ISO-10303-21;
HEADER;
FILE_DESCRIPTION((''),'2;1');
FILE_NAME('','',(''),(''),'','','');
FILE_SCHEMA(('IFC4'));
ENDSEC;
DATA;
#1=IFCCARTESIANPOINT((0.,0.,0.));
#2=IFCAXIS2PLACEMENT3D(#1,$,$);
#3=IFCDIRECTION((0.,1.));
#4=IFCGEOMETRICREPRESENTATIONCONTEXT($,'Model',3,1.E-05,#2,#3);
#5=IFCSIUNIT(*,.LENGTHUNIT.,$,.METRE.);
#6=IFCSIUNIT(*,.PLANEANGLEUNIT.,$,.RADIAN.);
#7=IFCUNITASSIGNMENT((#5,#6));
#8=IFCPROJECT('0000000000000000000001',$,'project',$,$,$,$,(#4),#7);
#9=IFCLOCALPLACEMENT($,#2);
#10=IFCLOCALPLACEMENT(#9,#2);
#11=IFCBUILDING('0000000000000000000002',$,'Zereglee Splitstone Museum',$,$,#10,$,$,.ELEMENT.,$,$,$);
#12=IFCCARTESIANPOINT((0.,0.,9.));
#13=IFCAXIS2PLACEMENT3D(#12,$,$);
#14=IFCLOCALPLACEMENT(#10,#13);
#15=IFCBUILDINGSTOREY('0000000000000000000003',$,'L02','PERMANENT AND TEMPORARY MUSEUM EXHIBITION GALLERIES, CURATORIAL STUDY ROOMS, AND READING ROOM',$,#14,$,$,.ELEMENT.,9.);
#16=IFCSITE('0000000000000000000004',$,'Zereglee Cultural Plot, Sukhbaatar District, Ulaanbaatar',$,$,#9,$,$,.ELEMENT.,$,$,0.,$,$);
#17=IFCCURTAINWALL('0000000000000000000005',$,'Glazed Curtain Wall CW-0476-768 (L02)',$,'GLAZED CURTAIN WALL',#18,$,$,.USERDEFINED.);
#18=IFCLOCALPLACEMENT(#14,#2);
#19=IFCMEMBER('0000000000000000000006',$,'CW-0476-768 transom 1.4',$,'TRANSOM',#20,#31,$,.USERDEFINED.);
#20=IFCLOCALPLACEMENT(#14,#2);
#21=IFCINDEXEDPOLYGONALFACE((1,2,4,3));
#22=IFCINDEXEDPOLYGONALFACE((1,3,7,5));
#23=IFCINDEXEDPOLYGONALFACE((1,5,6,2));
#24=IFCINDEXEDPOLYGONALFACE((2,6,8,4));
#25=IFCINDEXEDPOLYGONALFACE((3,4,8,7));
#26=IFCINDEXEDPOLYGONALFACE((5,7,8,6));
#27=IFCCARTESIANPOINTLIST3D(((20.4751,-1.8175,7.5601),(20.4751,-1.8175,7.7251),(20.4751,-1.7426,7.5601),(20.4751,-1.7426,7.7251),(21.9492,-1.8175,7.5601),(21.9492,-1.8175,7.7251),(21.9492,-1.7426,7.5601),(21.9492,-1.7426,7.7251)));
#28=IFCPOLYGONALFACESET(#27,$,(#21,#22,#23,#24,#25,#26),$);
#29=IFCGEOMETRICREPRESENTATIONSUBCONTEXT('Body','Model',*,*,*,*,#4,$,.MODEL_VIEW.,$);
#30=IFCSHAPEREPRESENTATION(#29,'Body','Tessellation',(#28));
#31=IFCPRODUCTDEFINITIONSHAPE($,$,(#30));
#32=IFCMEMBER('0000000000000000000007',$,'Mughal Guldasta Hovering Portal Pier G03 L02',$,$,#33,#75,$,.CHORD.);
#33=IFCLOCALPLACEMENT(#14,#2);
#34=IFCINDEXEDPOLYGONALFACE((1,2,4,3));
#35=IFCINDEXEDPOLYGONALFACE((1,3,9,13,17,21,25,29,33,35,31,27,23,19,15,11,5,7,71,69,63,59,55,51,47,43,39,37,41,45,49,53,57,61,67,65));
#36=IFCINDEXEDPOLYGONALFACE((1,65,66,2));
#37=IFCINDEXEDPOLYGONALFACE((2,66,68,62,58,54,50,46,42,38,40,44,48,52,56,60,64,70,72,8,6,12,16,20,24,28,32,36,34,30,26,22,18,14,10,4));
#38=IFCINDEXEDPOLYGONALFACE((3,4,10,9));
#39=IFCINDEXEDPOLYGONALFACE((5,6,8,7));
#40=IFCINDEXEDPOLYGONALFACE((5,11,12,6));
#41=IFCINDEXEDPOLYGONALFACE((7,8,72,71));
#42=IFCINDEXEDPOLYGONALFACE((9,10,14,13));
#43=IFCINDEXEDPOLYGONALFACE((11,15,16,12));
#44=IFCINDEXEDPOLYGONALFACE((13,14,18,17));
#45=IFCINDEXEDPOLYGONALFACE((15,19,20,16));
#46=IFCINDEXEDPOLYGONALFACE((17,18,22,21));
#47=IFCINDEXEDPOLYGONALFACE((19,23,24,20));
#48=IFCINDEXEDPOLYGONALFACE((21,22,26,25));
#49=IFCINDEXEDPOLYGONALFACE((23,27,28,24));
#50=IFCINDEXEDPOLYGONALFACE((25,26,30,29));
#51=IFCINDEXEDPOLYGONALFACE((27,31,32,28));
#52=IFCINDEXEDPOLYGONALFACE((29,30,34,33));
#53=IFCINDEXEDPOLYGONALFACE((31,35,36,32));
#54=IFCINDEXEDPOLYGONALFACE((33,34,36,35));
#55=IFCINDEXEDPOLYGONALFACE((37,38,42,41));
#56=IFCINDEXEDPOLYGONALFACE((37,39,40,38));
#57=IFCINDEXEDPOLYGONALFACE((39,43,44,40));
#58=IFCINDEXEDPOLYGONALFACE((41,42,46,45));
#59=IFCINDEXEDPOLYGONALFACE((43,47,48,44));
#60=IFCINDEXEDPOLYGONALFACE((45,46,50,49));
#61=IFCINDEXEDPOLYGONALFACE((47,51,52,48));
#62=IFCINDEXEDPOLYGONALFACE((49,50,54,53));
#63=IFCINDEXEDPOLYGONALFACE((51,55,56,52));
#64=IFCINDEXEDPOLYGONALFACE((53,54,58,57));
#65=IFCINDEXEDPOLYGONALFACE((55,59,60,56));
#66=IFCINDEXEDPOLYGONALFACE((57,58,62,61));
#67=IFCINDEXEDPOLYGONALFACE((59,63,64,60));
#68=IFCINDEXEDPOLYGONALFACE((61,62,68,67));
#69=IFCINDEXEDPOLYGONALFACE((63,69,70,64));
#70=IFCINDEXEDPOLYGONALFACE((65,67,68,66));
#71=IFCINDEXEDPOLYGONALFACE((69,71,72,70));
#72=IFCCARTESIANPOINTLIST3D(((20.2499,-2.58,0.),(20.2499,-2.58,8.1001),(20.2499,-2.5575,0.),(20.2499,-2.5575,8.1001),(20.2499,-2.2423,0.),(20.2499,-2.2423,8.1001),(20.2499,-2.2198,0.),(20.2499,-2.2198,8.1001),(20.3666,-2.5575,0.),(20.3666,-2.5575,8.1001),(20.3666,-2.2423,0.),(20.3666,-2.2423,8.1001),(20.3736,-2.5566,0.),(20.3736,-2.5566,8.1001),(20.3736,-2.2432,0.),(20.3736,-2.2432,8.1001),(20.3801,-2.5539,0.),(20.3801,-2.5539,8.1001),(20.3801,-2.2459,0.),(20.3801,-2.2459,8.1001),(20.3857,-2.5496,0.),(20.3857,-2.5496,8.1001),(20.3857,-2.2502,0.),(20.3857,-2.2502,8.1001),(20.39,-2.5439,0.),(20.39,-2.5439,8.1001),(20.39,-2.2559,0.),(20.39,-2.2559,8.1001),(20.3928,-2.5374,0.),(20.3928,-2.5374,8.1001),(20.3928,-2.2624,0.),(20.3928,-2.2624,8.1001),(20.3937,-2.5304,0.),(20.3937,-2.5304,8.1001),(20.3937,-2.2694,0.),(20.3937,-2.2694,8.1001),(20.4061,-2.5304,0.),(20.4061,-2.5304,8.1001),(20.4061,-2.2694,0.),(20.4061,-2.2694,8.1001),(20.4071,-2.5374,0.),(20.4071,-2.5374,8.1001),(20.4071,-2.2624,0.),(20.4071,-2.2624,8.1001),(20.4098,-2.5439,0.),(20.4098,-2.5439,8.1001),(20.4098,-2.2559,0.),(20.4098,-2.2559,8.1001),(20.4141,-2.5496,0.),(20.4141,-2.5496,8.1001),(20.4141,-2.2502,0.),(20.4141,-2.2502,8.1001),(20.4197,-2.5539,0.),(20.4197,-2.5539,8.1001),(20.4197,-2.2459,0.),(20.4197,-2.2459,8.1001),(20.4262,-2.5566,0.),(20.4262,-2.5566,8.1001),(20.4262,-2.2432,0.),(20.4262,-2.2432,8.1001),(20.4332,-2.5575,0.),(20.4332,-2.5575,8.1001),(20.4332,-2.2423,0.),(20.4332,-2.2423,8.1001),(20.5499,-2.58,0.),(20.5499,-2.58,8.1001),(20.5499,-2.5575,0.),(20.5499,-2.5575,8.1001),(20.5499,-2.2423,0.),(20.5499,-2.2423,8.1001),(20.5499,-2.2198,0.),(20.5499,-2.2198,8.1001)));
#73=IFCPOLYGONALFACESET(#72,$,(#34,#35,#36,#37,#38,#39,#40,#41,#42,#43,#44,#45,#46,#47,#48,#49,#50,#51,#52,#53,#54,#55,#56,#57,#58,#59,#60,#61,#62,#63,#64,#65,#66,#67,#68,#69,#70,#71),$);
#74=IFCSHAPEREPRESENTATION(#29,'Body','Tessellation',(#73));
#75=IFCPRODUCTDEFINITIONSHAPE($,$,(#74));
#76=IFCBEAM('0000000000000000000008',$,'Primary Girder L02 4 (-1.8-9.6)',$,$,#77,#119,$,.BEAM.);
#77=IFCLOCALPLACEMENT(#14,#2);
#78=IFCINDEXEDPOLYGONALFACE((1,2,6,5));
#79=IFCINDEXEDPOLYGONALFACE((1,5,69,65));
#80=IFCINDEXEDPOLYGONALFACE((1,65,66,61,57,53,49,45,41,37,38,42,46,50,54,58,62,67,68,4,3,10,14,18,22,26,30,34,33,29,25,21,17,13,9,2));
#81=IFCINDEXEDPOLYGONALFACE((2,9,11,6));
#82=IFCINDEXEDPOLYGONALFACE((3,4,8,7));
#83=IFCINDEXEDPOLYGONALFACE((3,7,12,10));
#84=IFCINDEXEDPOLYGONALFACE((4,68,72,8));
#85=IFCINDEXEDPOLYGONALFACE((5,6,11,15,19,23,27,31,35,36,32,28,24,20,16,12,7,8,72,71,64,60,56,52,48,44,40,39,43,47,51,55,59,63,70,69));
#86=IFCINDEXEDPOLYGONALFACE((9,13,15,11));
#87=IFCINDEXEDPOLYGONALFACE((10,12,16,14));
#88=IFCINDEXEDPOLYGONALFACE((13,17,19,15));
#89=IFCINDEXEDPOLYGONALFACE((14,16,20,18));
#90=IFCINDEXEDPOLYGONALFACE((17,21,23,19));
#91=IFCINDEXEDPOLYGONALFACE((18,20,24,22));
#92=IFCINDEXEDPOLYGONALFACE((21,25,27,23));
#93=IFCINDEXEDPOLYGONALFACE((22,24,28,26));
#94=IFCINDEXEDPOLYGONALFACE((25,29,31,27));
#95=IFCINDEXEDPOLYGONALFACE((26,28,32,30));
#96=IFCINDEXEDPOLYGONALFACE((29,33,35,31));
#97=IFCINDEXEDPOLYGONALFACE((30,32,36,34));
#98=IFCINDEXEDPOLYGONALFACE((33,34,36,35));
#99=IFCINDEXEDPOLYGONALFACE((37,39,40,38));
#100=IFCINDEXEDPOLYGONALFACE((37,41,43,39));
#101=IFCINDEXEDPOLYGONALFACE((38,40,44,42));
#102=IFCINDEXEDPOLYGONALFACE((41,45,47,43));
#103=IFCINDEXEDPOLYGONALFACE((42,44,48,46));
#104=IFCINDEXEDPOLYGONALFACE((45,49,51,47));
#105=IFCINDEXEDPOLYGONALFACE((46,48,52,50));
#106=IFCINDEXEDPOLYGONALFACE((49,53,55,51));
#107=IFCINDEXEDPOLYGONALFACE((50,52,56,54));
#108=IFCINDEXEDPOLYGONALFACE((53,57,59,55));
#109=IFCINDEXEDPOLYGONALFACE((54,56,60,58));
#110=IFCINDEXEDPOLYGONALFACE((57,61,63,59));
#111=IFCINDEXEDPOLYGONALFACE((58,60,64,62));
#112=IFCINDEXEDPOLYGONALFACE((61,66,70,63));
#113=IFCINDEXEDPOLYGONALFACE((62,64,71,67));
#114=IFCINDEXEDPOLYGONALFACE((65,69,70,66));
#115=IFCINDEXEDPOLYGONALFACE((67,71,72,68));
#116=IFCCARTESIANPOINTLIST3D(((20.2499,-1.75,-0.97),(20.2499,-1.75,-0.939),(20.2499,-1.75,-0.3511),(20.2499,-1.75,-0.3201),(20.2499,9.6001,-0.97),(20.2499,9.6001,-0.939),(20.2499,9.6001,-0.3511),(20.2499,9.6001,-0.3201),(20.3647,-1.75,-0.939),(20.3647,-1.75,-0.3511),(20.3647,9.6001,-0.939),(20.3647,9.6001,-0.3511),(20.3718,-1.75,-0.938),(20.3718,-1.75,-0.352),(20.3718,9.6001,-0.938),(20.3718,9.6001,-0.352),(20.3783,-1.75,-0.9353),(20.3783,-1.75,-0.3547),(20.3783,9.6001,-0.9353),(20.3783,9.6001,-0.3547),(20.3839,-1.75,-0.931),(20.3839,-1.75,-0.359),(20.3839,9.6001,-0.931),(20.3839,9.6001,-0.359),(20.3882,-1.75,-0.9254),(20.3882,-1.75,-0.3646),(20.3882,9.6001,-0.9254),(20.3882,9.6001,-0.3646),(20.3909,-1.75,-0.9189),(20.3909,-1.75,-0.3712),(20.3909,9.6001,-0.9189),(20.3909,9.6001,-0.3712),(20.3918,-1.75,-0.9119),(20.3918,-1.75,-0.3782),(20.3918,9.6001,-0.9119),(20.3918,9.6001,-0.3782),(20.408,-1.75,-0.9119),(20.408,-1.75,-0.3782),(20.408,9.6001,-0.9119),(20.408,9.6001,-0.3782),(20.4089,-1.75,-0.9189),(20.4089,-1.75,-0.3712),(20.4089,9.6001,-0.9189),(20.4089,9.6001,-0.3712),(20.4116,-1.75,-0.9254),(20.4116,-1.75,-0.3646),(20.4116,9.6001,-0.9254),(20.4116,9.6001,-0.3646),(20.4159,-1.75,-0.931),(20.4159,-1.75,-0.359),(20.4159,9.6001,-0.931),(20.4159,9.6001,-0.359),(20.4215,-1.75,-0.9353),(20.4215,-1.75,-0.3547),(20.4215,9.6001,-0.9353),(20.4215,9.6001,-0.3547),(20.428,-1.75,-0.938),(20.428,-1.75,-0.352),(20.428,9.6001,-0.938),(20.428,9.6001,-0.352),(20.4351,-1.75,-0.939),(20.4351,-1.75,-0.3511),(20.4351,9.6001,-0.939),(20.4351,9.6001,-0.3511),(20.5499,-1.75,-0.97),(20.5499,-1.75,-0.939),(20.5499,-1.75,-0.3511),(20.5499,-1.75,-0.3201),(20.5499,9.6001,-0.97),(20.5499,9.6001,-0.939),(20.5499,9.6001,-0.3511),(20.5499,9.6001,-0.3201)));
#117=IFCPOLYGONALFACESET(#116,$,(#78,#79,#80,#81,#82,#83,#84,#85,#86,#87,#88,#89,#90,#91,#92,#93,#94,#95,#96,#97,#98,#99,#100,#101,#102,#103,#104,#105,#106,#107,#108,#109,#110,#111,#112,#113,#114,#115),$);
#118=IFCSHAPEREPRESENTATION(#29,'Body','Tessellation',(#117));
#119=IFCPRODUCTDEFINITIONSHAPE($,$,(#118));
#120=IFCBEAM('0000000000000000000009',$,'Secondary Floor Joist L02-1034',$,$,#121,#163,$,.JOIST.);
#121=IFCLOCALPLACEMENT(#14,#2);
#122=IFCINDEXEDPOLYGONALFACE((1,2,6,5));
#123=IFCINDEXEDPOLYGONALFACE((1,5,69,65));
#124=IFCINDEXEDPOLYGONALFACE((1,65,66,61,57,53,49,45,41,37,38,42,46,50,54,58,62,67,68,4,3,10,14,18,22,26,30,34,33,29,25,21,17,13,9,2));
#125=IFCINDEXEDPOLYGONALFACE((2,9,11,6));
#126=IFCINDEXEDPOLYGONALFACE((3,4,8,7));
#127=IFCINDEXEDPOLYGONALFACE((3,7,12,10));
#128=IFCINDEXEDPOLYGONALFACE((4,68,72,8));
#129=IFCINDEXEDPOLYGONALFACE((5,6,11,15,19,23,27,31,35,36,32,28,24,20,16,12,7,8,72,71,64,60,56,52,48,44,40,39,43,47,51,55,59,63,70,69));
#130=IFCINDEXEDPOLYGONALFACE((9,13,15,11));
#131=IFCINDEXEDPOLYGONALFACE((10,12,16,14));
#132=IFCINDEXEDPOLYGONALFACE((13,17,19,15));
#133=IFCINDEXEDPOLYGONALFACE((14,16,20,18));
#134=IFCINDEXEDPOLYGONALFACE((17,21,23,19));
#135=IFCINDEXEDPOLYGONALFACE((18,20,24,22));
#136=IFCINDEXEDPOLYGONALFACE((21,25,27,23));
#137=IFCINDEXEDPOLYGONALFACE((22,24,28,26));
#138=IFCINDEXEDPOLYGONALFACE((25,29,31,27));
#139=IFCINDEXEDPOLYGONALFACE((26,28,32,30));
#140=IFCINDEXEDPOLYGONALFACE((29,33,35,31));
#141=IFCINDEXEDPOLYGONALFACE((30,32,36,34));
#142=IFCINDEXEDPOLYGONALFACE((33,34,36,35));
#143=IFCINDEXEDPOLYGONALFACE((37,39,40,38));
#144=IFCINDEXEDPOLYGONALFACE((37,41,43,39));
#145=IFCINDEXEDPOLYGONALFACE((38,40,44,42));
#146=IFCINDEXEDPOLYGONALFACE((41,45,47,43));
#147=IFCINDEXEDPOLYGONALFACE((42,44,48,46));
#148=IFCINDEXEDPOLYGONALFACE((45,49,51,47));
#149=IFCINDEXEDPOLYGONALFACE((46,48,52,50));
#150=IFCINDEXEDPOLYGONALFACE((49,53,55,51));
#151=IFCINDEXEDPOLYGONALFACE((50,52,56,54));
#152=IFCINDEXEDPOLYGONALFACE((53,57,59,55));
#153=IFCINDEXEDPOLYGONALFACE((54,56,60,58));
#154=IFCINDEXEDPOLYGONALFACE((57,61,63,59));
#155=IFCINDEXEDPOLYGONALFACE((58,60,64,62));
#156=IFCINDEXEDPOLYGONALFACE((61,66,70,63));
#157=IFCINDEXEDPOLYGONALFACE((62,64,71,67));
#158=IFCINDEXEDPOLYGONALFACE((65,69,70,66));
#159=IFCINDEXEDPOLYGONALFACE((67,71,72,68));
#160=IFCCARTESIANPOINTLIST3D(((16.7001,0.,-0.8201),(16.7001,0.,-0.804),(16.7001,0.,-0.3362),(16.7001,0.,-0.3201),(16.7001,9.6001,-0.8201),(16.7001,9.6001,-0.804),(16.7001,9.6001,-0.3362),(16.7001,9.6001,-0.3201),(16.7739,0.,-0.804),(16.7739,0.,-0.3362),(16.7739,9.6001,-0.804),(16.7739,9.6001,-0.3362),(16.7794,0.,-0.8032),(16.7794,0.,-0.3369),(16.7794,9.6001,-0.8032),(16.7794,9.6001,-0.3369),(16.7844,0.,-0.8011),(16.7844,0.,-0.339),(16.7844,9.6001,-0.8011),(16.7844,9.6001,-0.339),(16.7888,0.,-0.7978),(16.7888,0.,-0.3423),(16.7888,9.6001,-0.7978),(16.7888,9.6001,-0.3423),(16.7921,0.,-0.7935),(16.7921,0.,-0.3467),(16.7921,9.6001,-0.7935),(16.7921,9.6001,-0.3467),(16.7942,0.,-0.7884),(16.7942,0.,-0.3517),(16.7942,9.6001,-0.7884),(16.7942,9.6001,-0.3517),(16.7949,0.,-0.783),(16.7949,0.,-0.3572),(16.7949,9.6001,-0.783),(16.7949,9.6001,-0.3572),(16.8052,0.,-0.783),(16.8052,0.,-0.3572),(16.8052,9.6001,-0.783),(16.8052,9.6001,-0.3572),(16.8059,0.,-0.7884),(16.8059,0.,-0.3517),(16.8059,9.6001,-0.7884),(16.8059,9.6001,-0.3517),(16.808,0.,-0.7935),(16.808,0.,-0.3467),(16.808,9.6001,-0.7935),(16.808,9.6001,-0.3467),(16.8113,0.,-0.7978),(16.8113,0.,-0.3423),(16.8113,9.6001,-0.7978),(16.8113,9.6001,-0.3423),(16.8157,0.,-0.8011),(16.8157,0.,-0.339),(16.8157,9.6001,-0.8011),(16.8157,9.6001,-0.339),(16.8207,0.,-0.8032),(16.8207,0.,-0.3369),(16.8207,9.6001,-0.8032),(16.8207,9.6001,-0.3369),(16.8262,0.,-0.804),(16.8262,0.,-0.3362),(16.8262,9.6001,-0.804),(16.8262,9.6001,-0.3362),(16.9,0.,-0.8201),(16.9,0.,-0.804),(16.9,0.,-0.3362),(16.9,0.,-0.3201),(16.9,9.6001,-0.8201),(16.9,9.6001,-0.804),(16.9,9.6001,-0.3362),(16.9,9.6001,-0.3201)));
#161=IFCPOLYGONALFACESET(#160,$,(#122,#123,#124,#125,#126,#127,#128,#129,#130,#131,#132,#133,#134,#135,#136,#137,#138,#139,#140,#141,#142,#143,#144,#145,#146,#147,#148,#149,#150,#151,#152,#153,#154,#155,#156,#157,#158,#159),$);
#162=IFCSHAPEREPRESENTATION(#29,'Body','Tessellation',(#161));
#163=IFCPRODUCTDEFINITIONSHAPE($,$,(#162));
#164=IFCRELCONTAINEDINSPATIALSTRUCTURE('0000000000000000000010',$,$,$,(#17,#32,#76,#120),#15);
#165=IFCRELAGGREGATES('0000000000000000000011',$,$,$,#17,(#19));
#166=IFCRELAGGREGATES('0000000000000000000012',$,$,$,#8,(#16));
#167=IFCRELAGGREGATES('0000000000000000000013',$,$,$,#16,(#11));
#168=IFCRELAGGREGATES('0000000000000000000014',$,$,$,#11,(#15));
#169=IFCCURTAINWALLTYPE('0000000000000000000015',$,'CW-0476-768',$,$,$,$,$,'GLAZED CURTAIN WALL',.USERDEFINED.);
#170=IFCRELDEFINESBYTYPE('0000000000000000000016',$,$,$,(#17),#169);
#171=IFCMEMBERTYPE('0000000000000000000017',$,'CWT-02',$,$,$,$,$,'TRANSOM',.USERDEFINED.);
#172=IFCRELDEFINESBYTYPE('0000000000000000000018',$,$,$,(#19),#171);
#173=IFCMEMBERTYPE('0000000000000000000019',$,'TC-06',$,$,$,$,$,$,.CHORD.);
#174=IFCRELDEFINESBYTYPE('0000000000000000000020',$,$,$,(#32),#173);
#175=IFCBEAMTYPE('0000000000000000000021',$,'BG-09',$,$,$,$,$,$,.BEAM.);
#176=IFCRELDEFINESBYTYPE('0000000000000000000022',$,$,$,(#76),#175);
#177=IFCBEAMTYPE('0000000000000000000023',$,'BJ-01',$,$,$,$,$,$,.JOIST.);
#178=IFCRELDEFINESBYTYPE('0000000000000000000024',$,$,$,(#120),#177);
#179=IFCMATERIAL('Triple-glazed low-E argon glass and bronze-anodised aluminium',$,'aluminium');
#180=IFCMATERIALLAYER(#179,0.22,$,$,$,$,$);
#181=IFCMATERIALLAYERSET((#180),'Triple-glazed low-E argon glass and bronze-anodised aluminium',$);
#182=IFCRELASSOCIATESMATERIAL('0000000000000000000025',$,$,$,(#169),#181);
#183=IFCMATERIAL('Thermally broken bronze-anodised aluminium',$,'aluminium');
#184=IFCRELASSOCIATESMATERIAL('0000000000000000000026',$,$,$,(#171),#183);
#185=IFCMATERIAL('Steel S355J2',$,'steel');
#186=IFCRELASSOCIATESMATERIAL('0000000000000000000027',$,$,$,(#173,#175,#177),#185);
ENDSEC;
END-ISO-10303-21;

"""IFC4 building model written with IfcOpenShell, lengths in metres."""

from ifc_helpers import new_model, si_unit, direction, frame, origin, origin_2d, place, context, subcontext, project, spatial, rectangle, i_section, extrude, material, layer, layer_set, material_profile, profile_set, type_object, element, aggregate, save


model = new_model("IFC4")

# Units and contexts
model_context = context("Model", 3, precision=1e-05, world=origin(), true_north=direction((0.0, 1.0)))
body_context = subcontext(model_context, "Body", "Model", "MODEL_VIEW")
ifc_project = project(units=[si_unit("LENGTHUNIT", "METRE"), si_unit("PLANEANGLEUNIT", "RADIAN")], contexts=[model_context])

# Site, building, storey
site_placement = place(None, origin())
site = spatial("IfcSite", under=ifc_project, at=site_placement, Name="Zereglee Cultural Plot, Sukhbaatar District, Ulaanbaatar", CompositionType="ELEMENT", RefElevation=0.0)
building_placement = place(site_placement, origin())
building = spatial("IfcBuilding", under=site, at=building_placement, Name="Zereglee Splitstone Museum", CompositionType="ELEMENT")
storey_placement = place(building_placement, frame((0.0, 0.0, 9.0)))
storey = spatial("IfcBuildingStorey", under=building, at=storey_placement, Name="L02", Description="PERMANENT AND TEMPORARY MUSEUM EXHIBITION GALLERIES, CURATORIAL STUDY ROOMS, AND READING ROOM", CompositionType="ELEMENT", Elevation=9.0)

# Shared definitions
ifc_material_1 = material(Name="Steel S355J2", Category="steel")

# Curtain wall, member
ifc_material_2 = material(Name="Triple-glazed low-E argon glass and bronze-anodised aluminium", Category="aluminium")
ifc_layer_1 = layer(ifc_material_2, 0.22)
ifc_layer_set_1 = layer_set([ifc_layer_1], Name="Triple-glazed low-E argon glass and bronze-anodised aluminium")
curtain_wall_type = type_object("IfcCurtainWallType", Name="CW-0476-768", ElementType="GLAZED CURTAIN WALL", PredefinedType="USERDEFINED", material=ifc_layer_set_1)
curtain_wall_placement = place(storey_placement, origin())
curtain_wall = element("IfcCurtainWall", 1, at=curtain_wall_placement, inside=storey, type_object=curtain_wall_type, Name="Glazed Curtain Wall CW-0476-768 (L02)", ObjectType="GLAZED CURTAIN WALL", PredefinedType="USERDEFINED")
ifc_material_3 = material(Name="Thermally broken bronze-anodised aluminium", Category="aluminium")
ifc_material_profile_1 = material_profile(ifc_material_3, rectangle(XDim=0.075, YDim=0.165, at=origin_2d()), Name="CW TRAN 75x165")
ifc_profile_set_1 = profile_set([ifc_material_profile_1], Name="Thermally broken bronze-anodised aluminium")
member_type_1 = type_object("IfcMemberType", Name="CWT-02", ElementType="TRANSOM", PredefinedType="USERDEFINED", material=ifc_profile_set_1)
member_1_placement = place(storey_placement, frame((20.4751, -1.78, 7.6426), z_axis=(1.0, 0.0, 0.0), x_axis=(0.0, 1.0, 0.0)))
member_1 = element("IfcMember", 2, at=member_1_placement, type_object=member_type_1, Name="CW-0476-768 transom 1.4", ObjectType="TRANSOM", PredefinedType="USERDEFINED", context=body_context, shape_type="SweptSolid", body=[
    extrude(rectangle(XDim=0.075, YDim=0.165, at=origin_2d()), origin(), (0.0, 0.0, 1.0), 1.4741),
])

# Member
ifc_material_profile_2 = material_profile(ifc_material_1, i_section(OverallWidth=0.3, OverallDepth=0.3601, WebThickness=0.0125, FlangeThickness=0.0225, FilletRadius=0.0271, at=origin_2d()), Name="HE 360 B")
ifc_profile_set_2 = profile_set([ifc_material_profile_2], Name="Steel S355J2")
member_type_2 = type_object("IfcMemberType", Name="TC-06", PredefinedType="CHORD", material=ifc_profile_set_2)
member_2_placement = place(storey_placement, frame((20.3999, -2.3999, 0.0), z_axis=(0.0, 0.0, 1.0), x_axis=(1.0, 0.0, 0.0)))
element("IfcMember", 3, at=member_2_placement, inside=storey, type_object=member_type_2, Name="Mughal Guldasta Hovering Portal Pier G03 L02", PredefinedType="CHORD", context=body_context, shape_type="SweptSolid", body=[
    extrude(i_section(OverallWidth=0.3, OverallDepth=0.3601, WebThickness=0.0125, FlangeThickness=0.0225, FilletRadius=0.0271, at=origin_2d()), origin(), (0.0, 0.0, 1.0), 8.1001),
])

# Beams
ifc_material_profile_3 = material_profile(ifc_material_1, i_section(OverallWidth=0.3, OverallDepth=0.6499, WebThickness=0.0161, FlangeThickness=0.031, FilletRadius=0.0271, at=origin_2d()), Name="HE 650 B")
ifc_profile_set_3 = profile_set([ifc_material_profile_3], Name="Steel S355J2")
beam_type_1 = type_object("IfcBeamType", Name="BG-09", PredefinedType="BEAM", material=ifc_profile_set_3)
beam_1_placement = place(storey_placement, frame((20.3999, -1.75, -0.645), z_axis=(0.0, 1.0, 0.0), x_axis=(-1.0, 0.0, 0.0)))
element("IfcBeam", 4, at=beam_1_placement, inside=storey, type_object=beam_type_1, Name="Primary Girder L02 4 (-1.8-9.6)", PredefinedType="BEAM", context=body_context, shape_type="SweptSolid", body=[
    extrude(i_section(OverallWidth=0.3, OverallDepth=0.6499, WebThickness=0.0161, FlangeThickness=0.031, FilletRadius=0.0271, at=origin_2d()), origin(), (0.0, 0.0, 1.0), 11.3501),
])
ifc_material_profile_4 = material_profile(ifc_material_1, i_section(OverallWidth=0.2, OverallDepth=0.5, WebThickness=0.0103, FlangeThickness=0.0161, FilletRadius=0.021, at=origin_2d()), Name="IPE 500")
ifc_profile_set_4 = profile_set([ifc_material_profile_4], Name="Steel S355J2")
beam_type_2 = type_object("IfcBeamType", Name="BJ-01", PredefinedType="JOIST", material=ifc_profile_set_4)
beam_2_placement = place(storey_placement, frame((16.8, 0.0, -0.5701), z_axis=(0.0, 1.0, 0.0), x_axis=(-1.0, 0.0, 0.0)))
element("IfcBeam", 5, at=beam_2_placement, inside=storey, type_object=beam_type_2, Name="Secondary Floor Joist L02-1034", PredefinedType="JOIST", context=body_context, shape_type="SweptSolid", body=[
    extrude(i_section(OverallWidth=0.2, OverallDepth=0.5, WebThickness=0.0103, FlangeThickness=0.0161, FilletRadius=0.021, at=origin_2d()), origin(), (0.0, 0.0, 1.0), 9.6001),
])

aggregate(curtain_wall, [member_1])

save(model, "model.ifc")
